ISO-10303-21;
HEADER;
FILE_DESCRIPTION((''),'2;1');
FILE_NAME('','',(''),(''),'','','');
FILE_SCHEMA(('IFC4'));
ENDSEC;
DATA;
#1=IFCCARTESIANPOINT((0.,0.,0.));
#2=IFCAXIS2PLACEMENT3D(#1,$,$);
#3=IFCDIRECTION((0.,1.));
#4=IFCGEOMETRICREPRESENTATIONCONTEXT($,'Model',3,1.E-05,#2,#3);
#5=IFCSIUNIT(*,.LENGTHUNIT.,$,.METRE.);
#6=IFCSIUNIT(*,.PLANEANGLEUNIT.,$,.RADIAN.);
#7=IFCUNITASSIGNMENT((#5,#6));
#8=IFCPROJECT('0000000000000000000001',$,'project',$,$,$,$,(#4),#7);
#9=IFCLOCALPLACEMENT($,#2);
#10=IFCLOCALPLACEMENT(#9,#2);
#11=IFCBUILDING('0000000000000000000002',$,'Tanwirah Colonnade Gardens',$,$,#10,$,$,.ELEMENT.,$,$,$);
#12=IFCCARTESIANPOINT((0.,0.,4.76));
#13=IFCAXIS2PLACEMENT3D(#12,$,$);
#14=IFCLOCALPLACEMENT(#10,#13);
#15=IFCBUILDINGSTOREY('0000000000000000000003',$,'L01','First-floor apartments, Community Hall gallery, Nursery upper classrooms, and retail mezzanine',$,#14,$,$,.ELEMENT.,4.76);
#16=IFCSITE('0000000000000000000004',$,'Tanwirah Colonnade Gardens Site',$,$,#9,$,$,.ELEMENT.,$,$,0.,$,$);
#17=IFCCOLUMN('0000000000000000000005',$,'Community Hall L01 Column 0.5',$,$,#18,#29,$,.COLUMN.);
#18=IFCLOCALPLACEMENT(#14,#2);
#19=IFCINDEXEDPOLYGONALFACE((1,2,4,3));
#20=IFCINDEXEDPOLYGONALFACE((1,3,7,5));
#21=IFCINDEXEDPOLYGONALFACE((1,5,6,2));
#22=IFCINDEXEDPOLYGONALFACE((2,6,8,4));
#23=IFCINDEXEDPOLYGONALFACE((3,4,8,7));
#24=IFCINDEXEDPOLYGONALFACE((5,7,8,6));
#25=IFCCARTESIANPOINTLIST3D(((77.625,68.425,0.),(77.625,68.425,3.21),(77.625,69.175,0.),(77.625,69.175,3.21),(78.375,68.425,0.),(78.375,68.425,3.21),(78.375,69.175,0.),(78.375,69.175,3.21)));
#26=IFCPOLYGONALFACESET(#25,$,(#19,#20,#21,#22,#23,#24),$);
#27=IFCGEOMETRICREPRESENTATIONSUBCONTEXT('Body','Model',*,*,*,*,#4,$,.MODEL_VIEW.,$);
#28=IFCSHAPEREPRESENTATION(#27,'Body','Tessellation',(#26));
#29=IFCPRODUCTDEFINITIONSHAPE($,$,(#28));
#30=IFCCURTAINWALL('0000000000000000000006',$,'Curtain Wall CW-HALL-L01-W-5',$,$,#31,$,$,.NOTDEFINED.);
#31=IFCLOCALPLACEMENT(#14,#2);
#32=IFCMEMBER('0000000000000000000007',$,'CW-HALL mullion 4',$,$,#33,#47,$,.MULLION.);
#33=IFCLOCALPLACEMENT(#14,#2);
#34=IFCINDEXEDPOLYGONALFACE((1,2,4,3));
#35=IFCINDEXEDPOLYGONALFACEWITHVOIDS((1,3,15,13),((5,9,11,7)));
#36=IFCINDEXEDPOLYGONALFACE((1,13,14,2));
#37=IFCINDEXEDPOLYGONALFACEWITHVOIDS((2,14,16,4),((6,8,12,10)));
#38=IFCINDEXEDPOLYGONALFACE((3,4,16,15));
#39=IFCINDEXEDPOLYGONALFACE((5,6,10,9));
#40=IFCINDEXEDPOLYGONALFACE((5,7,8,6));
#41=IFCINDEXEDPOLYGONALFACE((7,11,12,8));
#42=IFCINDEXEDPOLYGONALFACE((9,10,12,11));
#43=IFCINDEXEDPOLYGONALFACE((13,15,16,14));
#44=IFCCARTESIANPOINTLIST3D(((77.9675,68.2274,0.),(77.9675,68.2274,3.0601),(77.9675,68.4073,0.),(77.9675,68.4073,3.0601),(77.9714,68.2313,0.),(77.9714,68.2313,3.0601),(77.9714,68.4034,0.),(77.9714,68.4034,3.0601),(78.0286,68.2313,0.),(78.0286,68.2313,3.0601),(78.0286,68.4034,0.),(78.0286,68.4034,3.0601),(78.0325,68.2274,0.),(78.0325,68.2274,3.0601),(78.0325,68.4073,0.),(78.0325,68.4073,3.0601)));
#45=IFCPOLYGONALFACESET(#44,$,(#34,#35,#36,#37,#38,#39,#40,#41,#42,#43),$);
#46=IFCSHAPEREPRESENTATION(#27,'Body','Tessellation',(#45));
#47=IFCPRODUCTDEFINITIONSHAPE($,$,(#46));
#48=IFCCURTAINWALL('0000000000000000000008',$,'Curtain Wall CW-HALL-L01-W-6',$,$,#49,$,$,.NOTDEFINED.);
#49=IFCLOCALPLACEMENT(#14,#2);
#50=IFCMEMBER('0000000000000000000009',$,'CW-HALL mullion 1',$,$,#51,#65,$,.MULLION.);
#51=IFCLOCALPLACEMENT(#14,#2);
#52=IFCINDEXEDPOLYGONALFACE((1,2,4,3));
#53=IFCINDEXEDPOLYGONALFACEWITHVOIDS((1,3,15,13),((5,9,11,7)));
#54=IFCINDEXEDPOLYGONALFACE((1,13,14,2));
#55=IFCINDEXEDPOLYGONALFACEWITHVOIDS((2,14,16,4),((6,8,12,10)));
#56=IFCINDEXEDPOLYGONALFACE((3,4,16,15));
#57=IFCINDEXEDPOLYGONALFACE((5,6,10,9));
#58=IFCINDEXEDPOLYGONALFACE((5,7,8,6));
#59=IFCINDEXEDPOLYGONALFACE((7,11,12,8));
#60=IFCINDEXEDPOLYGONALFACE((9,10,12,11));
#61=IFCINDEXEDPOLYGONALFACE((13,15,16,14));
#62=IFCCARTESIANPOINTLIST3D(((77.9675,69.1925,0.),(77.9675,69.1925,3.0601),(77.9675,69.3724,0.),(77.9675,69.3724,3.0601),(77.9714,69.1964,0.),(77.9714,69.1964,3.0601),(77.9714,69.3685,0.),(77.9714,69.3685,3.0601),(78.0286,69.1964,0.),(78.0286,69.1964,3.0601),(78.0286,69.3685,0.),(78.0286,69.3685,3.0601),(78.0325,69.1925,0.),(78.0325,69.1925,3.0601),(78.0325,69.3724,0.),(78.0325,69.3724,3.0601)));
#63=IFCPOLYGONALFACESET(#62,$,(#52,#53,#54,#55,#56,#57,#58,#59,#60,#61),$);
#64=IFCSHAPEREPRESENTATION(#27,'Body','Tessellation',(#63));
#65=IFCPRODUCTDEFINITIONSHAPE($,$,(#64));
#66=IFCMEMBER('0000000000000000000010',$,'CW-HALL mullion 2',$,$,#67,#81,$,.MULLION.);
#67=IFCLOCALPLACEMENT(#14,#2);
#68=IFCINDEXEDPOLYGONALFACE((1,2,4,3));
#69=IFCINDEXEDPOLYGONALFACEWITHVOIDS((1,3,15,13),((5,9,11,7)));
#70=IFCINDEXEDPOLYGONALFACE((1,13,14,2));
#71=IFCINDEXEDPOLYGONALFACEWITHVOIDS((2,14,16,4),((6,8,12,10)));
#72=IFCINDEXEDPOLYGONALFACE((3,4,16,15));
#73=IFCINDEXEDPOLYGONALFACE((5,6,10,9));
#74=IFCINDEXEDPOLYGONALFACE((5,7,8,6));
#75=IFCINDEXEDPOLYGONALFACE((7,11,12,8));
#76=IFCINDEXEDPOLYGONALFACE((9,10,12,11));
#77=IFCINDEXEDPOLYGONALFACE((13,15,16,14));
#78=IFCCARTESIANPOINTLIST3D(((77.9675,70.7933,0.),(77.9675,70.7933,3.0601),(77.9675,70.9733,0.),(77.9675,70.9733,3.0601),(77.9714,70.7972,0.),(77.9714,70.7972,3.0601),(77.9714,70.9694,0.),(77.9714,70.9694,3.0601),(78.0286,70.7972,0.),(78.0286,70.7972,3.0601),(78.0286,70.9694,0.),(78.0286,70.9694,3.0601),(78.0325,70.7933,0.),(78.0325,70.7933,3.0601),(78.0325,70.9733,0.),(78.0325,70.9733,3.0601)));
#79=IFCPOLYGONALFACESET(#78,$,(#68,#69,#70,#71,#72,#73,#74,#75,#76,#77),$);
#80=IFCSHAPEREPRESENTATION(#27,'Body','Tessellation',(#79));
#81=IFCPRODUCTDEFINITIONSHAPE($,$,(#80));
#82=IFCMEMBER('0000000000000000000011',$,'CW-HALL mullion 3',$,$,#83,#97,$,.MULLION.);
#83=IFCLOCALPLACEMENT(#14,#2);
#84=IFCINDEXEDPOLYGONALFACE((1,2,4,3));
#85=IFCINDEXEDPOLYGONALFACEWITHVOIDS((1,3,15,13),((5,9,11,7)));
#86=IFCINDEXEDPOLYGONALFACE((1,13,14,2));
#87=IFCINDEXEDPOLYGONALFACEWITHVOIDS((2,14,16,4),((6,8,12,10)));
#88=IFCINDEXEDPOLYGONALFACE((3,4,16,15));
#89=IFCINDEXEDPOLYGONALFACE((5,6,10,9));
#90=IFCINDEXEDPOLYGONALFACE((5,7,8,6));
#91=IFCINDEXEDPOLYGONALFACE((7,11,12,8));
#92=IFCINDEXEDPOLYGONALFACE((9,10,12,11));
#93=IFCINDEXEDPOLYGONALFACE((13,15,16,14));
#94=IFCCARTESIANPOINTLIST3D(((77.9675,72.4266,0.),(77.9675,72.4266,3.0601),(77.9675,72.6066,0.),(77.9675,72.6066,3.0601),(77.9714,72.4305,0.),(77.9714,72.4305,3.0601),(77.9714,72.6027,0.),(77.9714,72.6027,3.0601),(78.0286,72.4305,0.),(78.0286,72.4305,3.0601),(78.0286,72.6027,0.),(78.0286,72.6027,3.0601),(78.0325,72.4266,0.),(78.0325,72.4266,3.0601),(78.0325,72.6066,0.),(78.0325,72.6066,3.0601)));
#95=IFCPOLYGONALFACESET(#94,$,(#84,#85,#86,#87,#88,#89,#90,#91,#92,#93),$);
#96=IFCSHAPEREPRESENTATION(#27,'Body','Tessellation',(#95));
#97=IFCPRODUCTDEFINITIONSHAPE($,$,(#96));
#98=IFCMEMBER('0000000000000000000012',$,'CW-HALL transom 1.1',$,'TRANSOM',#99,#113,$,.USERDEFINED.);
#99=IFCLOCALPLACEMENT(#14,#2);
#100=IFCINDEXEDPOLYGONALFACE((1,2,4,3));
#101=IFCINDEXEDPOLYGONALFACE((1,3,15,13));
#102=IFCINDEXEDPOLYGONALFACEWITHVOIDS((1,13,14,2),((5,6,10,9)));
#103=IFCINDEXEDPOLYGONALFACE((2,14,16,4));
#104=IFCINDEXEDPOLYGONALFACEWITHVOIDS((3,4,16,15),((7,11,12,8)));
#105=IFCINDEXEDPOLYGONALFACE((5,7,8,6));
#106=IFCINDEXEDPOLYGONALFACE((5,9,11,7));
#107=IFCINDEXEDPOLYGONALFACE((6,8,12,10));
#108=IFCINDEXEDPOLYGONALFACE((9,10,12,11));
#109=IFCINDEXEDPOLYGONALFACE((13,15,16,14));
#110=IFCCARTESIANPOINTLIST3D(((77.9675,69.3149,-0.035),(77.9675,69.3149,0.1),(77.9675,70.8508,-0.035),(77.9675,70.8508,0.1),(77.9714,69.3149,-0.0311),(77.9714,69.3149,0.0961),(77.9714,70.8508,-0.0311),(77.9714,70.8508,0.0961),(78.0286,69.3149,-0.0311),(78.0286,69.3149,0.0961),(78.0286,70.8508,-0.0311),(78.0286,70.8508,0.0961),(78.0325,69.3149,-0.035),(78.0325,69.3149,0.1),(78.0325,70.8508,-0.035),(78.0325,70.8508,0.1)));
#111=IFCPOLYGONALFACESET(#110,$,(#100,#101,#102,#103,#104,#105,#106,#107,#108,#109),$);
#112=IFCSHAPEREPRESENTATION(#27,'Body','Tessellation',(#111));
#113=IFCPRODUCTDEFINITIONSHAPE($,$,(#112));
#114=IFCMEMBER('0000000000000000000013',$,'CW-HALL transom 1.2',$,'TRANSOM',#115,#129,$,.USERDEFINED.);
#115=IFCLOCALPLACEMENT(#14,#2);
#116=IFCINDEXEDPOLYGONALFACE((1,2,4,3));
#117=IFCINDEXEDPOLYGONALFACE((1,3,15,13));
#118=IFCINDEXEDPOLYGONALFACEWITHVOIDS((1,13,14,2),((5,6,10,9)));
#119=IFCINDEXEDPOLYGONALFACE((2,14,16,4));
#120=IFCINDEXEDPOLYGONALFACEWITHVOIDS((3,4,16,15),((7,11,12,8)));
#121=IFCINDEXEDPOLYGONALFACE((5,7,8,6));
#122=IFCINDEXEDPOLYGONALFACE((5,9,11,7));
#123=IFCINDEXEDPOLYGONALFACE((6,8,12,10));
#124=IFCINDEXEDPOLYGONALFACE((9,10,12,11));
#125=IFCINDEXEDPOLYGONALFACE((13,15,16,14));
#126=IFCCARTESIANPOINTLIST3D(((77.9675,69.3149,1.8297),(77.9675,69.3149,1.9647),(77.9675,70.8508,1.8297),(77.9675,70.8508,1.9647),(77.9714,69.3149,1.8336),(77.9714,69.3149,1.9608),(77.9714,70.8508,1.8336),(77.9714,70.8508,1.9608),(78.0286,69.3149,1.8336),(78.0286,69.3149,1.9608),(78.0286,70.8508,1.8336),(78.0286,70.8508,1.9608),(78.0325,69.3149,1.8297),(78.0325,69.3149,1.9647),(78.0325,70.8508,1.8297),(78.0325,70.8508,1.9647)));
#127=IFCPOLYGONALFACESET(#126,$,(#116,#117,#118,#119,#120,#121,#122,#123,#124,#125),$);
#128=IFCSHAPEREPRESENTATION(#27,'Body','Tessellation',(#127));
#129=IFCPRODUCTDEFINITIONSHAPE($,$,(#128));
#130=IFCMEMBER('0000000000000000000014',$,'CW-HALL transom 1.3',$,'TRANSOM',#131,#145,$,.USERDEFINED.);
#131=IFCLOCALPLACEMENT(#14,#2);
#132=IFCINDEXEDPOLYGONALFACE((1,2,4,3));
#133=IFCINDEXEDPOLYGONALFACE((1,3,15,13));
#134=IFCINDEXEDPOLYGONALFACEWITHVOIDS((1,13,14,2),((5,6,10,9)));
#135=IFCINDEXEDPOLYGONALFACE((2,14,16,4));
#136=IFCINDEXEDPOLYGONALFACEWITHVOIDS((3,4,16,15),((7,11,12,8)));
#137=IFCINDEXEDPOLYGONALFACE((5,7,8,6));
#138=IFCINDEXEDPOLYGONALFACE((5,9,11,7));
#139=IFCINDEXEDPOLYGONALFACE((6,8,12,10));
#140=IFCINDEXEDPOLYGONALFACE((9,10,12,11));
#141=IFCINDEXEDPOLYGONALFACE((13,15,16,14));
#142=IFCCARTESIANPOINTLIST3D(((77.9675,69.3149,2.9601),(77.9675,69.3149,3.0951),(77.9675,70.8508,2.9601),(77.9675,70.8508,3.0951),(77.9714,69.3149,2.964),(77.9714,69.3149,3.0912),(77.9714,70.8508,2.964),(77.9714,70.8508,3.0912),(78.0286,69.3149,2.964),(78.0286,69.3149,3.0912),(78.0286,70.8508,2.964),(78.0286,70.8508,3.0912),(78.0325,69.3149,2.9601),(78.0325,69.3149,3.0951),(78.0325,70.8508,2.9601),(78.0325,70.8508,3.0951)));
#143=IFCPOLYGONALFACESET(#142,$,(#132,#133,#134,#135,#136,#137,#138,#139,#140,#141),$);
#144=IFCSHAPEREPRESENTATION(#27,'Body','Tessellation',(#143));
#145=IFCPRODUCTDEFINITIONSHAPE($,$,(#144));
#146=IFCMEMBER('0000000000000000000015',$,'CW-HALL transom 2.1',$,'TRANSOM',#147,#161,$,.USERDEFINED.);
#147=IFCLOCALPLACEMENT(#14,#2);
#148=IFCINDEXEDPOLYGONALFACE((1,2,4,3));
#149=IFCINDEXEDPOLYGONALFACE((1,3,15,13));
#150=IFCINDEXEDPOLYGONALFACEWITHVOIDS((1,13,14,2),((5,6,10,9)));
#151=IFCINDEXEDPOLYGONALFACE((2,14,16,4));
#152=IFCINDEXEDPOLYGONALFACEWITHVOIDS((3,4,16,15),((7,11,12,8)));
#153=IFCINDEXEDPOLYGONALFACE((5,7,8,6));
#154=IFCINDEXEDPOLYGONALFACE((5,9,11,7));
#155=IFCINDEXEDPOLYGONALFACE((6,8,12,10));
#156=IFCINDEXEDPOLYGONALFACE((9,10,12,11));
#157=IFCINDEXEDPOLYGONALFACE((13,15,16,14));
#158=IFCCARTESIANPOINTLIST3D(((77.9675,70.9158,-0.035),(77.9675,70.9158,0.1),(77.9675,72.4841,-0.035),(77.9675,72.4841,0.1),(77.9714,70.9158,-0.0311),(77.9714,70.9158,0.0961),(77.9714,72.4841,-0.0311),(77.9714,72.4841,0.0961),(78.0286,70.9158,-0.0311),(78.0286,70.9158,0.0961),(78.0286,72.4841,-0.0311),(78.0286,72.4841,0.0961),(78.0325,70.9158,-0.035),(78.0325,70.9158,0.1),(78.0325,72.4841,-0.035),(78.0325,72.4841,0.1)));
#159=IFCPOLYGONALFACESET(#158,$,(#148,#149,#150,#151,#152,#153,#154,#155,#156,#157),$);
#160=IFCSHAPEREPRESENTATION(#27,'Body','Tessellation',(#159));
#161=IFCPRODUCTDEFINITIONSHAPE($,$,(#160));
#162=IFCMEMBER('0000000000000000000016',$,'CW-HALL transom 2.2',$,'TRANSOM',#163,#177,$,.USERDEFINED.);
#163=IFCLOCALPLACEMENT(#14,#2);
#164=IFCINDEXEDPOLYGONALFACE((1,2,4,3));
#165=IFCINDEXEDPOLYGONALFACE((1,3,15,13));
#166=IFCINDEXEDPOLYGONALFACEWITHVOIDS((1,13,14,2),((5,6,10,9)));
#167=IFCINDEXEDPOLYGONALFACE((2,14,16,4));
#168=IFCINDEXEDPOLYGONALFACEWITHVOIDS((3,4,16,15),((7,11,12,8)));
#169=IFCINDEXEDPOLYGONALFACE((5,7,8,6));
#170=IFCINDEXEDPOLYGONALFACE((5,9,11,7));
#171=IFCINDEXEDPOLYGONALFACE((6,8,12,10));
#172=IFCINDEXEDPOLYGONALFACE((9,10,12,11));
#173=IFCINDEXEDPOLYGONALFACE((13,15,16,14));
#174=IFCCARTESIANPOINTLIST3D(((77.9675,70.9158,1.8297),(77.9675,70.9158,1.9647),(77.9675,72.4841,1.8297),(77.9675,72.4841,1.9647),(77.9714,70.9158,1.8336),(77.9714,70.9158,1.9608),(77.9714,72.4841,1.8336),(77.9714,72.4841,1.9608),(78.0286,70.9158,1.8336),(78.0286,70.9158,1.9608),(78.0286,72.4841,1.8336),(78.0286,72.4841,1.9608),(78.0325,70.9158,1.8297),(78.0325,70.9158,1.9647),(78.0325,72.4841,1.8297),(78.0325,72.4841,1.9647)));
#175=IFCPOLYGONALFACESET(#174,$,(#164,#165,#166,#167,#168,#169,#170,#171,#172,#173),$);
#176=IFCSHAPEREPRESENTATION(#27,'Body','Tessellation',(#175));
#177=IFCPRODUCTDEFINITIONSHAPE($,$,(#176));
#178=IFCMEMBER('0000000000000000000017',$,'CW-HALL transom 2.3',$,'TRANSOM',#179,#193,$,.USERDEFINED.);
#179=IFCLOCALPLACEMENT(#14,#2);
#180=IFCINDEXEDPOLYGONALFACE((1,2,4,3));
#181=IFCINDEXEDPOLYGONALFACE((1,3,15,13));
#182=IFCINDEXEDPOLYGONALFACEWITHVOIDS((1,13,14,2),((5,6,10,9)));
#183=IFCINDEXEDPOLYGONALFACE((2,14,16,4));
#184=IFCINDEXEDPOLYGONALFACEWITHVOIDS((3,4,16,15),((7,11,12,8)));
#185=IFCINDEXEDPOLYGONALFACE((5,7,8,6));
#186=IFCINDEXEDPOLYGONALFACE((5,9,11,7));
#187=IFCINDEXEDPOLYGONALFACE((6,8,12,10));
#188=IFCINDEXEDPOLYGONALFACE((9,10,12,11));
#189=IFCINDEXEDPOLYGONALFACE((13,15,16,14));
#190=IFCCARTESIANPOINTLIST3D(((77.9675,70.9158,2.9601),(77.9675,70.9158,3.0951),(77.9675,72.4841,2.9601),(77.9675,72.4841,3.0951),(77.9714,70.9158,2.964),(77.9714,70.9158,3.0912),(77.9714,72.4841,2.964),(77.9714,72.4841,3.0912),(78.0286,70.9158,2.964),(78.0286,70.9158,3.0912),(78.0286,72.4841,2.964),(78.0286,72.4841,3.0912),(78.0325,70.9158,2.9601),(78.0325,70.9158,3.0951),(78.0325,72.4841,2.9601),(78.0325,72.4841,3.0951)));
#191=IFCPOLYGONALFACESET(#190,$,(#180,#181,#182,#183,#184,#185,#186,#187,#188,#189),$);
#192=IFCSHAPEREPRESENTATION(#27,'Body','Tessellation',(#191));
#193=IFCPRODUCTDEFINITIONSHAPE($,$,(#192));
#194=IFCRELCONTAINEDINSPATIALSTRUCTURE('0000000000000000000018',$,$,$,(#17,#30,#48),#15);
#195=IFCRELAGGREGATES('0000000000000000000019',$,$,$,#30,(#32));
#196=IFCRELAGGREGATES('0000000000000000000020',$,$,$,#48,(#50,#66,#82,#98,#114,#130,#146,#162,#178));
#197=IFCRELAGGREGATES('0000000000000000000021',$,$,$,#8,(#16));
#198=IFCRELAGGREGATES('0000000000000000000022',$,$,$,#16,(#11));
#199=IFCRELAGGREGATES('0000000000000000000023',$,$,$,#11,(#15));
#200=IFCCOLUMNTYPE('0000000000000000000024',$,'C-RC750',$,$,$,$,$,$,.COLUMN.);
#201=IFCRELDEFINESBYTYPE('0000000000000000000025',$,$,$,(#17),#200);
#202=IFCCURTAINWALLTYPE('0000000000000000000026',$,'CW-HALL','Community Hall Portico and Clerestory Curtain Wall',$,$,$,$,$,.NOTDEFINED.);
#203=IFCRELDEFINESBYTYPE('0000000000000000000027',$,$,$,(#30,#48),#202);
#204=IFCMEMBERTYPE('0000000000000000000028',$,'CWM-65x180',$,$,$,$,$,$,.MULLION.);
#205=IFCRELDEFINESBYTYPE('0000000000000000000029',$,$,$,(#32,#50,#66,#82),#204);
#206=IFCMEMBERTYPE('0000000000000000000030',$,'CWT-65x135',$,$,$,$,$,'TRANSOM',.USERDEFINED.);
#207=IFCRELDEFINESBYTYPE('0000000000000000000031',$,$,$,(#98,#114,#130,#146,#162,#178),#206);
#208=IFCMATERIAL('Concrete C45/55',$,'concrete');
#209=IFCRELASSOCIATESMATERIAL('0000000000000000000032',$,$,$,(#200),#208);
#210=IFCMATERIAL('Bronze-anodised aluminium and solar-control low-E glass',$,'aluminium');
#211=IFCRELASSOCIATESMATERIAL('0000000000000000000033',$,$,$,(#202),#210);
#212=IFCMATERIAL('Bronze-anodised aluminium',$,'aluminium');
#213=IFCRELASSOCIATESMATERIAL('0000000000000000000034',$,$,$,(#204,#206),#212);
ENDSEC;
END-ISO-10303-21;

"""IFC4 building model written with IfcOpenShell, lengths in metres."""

from ifc_helpers import new_model, si_unit, direction, frame, origin, origin_2d, place, context, subcontext, project, spatial, rectangle, hollow_rectangle, extrude, material, material_profile, profile_set, type_object, element, aggregate, save


model = new_model("IFC4")

# Units and contexts
model_context = context("Model", 3, precision=1e-05, world=origin(), true_north=direction((0.0, 1.0)))
body_context = subcontext(model_context, "Body", "Model", "MODEL_VIEW")
ifc_project = project(units=[si_unit("LENGTHUNIT", "METRE"), si_unit("PLANEANGLEUNIT", "RADIAN")], contexts=[model_context])

# Site, building, storey
site_placement = place(None, origin())
site = spatial("IfcSite", under=ifc_project, at=site_placement, Name="Tanwirah Colonnade Gardens Site", CompositionType="ELEMENT", RefElevation=0.0)
building_placement = place(site_placement, origin())
building = spatial("IfcBuilding", under=site, at=building_placement, Name="Tanwirah Colonnade Gardens", CompositionType="ELEMENT")
storey_placement = place(building_placement, frame((0.0, 0.0, 4.76)))
storey = spatial("IfcBuildingStorey", under=building, at=storey_placement, Name="L01", Description="First-floor apartments, Community Hall gallery, Nursery upper classrooms, and retail mezzanine", CompositionType="ELEMENT", Elevation=4.76)

# Column
ifc_material_1 = material(Name="Concrete C45/55", Category="concrete")
ifc_material_profile_1 = material_profile(ifc_material_1, rectangle(XDim=0.75, YDim=0.75, at=origin_2d()), Name="RC-COL 750x750")
ifc_profile_set_1 = profile_set([ifc_material_profile_1], Name="Concrete C45/55")
column_type = type_object("IfcColumnType", Name="C-RC750", PredefinedType="COLUMN", material=ifc_profile_set_1)
column_placement = place(storey_placement, frame((78.0, 68.8, 0.0), z_axis=(0.0, 0.0, 1.0), x_axis=(1.0, 0.0, 0.0)))
element("IfcColumn", 1, at=column_placement, inside=storey, type_object=column_type, Name="Community Hall L01 Column 0.5", PredefinedType="COLUMN", context=body_context, shape_type="SweptSolid", body=[
    extrude(rectangle(XDim=0.75, YDim=0.75, at=origin_2d()), origin(), (0.0, 0.0, 1.0), 3.21),
])

# Curtain wall, member
ifc_material_2 = material(Name="Bronze-anodised aluminium and solar-control low-E glass", Category="aluminium")
curtain_wall_type = type_object("IfcCurtainWallType", Name="CW-HALL", Description="Community Hall Portico and Clerestory Curtain Wall", PredefinedType="NOTDEFINED", material=ifc_material_2)
curtain_wall_1_placement = place(storey_placement, origin())
curtain_wall_1 = element("IfcCurtainWall", 2, at=curtain_wall_1_placement, inside=storey, type_object=curtain_wall_type, Name="Curtain Wall CW-HALL-L01-W-5", PredefinedType="NOTDEFINED")
ifc_material_3 = material(Name="Bronze-anodised aluminium", Category="aluminium")
ifc_material_profile_2 = material_profile(ifc_material_3, hollow_rectangle(XDim=0.0649, YDim=0.1799, WallThickness=0.0039, at=origin_2d()), Name="CW-MUL 65x180x4")
ifc_profile_set_2 = profile_set([ifc_material_profile_2], Name="Bronze-anodised aluminium")
member_type_1 = type_object("IfcMemberType", Name="CWM-65x180", PredefinedType="MULLION", material=ifc_profile_set_2)
member_1_placement = place(storey_placement, frame((78.0, 68.3174, 0.0), z_axis=(0.0, 0.0, 1.0), x_axis=(-1.0, 0.0, 0.0)))
member_1 = element("IfcMember", 3, at=member_1_placement, type_object=member_type_1, Name="CW-HALL mullion 4", PredefinedType="MULLION", context=body_context, shape_type="SweptSolid", body=[
    extrude(hollow_rectangle(XDim=0.0649, YDim=0.1799, WallThickness=0.0039, at=origin_2d()), origin(), (0.0, 0.0, 1.0), 3.0601),
])

# Curtain wall, members
curtain_wall_2_placement = place(storey_placement, origin())
curtain_wall_2 = element("IfcCurtainWall", 4, at=curtain_wall_2_placement, inside=storey, type_object=curtain_wall_type, Name="Curtain Wall CW-HALL-L01-W-6", PredefinedType="NOTDEFINED")
member_2_placement = place(storey_placement, frame((78.0, 69.2825, 0.0), z_axis=(0.0, 0.0, 1.0), x_axis=(-1.0, 0.0, 0.0)))
member_2 = element("IfcMember", 5, at=member_2_placement, type_object=member_type_1, Name="CW-HALL mullion 1", PredefinedType="MULLION", context=body_context, shape_type="SweptSolid", body=[
    extrude(hollow_rectangle(XDim=0.0649, YDim=0.1799, WallThickness=0.0039, at=origin_2d()), origin(), (0.0, 0.0, 1.0), 3.0601),
])
member_3_placement = place(storey_placement, frame((78.0, 70.8833, 0.0), z_axis=(0.0, 0.0, 1.0), x_axis=(-1.0, 0.0, 0.0)))
member_3 = element("IfcMember", 6, at=member_3_placement, type_object=member_type_1, Name="CW-HALL mullion 2", PredefinedType="MULLION", context=body_context, shape_type="SweptSolid", body=[
    extrude(hollow_rectangle(XDim=0.0649, YDim=0.1799, WallThickness=0.0039, at=origin_2d()), origin(), (0.0, 0.0, 1.0), 3.0601),
])
member_4_placement = place(storey_placement, frame((78.0, 72.5166, 0.0), z_axis=(0.0, 0.0, 1.0), x_axis=(-1.0, 0.0, 0.0)))
member_4 = element("IfcMember", 7, at=member_4_placement, type_object=member_type_1, Name="CW-HALL mullion 3", PredefinedType="MULLION", context=body_context, shape_type="SweptSolid", body=[
    extrude(hollow_rectangle(XDim=0.0649, YDim=0.1799, WallThickness=0.0039, at=origin_2d()), origin(), (0.0, 0.0, 1.0), 3.0601),
])
ifc_material_profile_3 = material_profile(ifc_material_3, hollow_rectangle(XDim=0.0649, YDim=0.135, WallThickness=0.0039, at=origin_2d()), Name="CW-TRN 65x135x4")
ifc_profile_set_3 = profile_set([ifc_material_profile_3], Name="Bronze-anodised aluminium")
member_type_2 = type_object("IfcMemberType", Name="CWT-65x135", ElementType="TRANSOM", PredefinedType="USERDEFINED", material=ifc_profile_set_3)
member_5_placement = place(storey_placement, frame((78.0, 69.3149, 0.0325), z_axis=(0.0, 1.0, 0.0), x_axis=(-1.0, 0.0, 0.0)))
member_5 = element("IfcMember", 8, at=member_5_placement, type_object=member_type_2, Name="CW-HALL transom 1.1", ObjectType="TRANSOM", PredefinedType="USERDEFINED", context=body_context, shape_type="SweptSolid", body=[
    extrude(hollow_rectangle(XDim=0.0649, YDim=0.135, WallThickness=0.0039, at=origin_2d()), origin(), (0.0, 0.0, 1.0), 1.5359),
])
member_6_placement = place(storey_placement, frame((78.0, 69.3149, 1.8972), z_axis=(0.0, 1.0, 0.0), x_axis=(-1.0, 0.0, 0.0)))
member_6 = element("IfcMember", 9, at=member_6_placement, type_object=member_type_2, Name="CW-HALL transom 1.2", ObjectType="TRANSOM", PredefinedType="USERDEFINED", context=body_context, shape_type="SweptSolid", body=[
    extrude(hollow_rectangle(XDim=0.0649, YDim=0.135, WallThickness=0.0039, at=origin_2d()), origin(), (0.0, 0.0, 1.0), 1.5359),
])
member_7_placement = place(storey_placement, frame((78.0, 69.3149, 3.0276), z_axis=(0.0, 1.0, 0.0), x_axis=(-1.0, 0.0, 0.0)))
member_7 = element("IfcMember", 10, at=member_7_placement, type_object=member_type_2, Name="CW-HALL transom 1.3", ObjectType="TRANSOM", PredefinedType="USERDEFINED", context=body_context, shape_type="SweptSolid", body=[
    extrude(hollow_rectangle(XDim=0.0649, YDim=0.135, WallThickness=0.0039, at=origin_2d()), origin(), (0.0, 0.0, 1.0), 1.5359),
])
member_8_placement = place(storey_placement, frame((78.0, 70.9158, 0.0325), z_axis=(0.0, 1.0, 0.0), x_axis=(-1.0, 0.0, 0.0)))
member_8 = element("IfcMember", 11, at=member_8_placement, type_object=member_type_2, Name="CW-HALL transom 2.1", ObjectType="TRANSOM", PredefinedType="USERDEFINED", context=body_context, shape_type="SweptSolid", body=[
    extrude(hollow_rectangle(XDim=0.0649, YDim=0.135, WallThickness=0.0039, at=origin_2d()), origin(), (0.0, 0.0, 1.0), 1.5684),
])
member_9_placement = place(storey_placement, frame((78.0, 70.9158, 1.8972), z_axis=(0.0, 1.0, 0.0), x_axis=(-1.0, 0.0, 0.0)))
member_9 = element("IfcMember", 12, at=member_9_placement, type_object=member_type_2, Name="CW-HALL transom 2.2", ObjectType="TRANSOM", PredefinedType="USERDEFINED", context=body_context, shape_type="SweptSolid", body=[
    extrude(hollow_rectangle(XDim=0.0649, YDim=0.135, WallThickness=0.0039, at=origin_2d()), origin(), (0.0, 0.0, 1.0), 1.5684),
])
member_10_placement = place(storey_placement, frame((78.0, 70.9158, 3.0276), z_axis=(0.0, 1.0, 0.0), x_axis=(-1.0, 0.0, 0.0)))
member_10 = element("IfcMember", 13, at=member_10_placement, type_object=member_type_2, Name="CW-HALL transom 2.3", ObjectType="TRANSOM", PredefinedType="USERDEFINED", context=body_context, shape_type="SweptSolid", body=[
    extrude(hollow_rectangle(XDim=0.0649, YDim=0.135, WallThickness=0.0039, at=origin_2d()), origin(), (0.0, 0.0, 1.0), 1.5684),
])

aggregate(curtain_wall_1, [member_1])
aggregate(curtain_wall_2, [member_2, member_3, member_4, member_5, member_6, member_7, member_8, member_9, member_10])

save(model, "model.ifc")
